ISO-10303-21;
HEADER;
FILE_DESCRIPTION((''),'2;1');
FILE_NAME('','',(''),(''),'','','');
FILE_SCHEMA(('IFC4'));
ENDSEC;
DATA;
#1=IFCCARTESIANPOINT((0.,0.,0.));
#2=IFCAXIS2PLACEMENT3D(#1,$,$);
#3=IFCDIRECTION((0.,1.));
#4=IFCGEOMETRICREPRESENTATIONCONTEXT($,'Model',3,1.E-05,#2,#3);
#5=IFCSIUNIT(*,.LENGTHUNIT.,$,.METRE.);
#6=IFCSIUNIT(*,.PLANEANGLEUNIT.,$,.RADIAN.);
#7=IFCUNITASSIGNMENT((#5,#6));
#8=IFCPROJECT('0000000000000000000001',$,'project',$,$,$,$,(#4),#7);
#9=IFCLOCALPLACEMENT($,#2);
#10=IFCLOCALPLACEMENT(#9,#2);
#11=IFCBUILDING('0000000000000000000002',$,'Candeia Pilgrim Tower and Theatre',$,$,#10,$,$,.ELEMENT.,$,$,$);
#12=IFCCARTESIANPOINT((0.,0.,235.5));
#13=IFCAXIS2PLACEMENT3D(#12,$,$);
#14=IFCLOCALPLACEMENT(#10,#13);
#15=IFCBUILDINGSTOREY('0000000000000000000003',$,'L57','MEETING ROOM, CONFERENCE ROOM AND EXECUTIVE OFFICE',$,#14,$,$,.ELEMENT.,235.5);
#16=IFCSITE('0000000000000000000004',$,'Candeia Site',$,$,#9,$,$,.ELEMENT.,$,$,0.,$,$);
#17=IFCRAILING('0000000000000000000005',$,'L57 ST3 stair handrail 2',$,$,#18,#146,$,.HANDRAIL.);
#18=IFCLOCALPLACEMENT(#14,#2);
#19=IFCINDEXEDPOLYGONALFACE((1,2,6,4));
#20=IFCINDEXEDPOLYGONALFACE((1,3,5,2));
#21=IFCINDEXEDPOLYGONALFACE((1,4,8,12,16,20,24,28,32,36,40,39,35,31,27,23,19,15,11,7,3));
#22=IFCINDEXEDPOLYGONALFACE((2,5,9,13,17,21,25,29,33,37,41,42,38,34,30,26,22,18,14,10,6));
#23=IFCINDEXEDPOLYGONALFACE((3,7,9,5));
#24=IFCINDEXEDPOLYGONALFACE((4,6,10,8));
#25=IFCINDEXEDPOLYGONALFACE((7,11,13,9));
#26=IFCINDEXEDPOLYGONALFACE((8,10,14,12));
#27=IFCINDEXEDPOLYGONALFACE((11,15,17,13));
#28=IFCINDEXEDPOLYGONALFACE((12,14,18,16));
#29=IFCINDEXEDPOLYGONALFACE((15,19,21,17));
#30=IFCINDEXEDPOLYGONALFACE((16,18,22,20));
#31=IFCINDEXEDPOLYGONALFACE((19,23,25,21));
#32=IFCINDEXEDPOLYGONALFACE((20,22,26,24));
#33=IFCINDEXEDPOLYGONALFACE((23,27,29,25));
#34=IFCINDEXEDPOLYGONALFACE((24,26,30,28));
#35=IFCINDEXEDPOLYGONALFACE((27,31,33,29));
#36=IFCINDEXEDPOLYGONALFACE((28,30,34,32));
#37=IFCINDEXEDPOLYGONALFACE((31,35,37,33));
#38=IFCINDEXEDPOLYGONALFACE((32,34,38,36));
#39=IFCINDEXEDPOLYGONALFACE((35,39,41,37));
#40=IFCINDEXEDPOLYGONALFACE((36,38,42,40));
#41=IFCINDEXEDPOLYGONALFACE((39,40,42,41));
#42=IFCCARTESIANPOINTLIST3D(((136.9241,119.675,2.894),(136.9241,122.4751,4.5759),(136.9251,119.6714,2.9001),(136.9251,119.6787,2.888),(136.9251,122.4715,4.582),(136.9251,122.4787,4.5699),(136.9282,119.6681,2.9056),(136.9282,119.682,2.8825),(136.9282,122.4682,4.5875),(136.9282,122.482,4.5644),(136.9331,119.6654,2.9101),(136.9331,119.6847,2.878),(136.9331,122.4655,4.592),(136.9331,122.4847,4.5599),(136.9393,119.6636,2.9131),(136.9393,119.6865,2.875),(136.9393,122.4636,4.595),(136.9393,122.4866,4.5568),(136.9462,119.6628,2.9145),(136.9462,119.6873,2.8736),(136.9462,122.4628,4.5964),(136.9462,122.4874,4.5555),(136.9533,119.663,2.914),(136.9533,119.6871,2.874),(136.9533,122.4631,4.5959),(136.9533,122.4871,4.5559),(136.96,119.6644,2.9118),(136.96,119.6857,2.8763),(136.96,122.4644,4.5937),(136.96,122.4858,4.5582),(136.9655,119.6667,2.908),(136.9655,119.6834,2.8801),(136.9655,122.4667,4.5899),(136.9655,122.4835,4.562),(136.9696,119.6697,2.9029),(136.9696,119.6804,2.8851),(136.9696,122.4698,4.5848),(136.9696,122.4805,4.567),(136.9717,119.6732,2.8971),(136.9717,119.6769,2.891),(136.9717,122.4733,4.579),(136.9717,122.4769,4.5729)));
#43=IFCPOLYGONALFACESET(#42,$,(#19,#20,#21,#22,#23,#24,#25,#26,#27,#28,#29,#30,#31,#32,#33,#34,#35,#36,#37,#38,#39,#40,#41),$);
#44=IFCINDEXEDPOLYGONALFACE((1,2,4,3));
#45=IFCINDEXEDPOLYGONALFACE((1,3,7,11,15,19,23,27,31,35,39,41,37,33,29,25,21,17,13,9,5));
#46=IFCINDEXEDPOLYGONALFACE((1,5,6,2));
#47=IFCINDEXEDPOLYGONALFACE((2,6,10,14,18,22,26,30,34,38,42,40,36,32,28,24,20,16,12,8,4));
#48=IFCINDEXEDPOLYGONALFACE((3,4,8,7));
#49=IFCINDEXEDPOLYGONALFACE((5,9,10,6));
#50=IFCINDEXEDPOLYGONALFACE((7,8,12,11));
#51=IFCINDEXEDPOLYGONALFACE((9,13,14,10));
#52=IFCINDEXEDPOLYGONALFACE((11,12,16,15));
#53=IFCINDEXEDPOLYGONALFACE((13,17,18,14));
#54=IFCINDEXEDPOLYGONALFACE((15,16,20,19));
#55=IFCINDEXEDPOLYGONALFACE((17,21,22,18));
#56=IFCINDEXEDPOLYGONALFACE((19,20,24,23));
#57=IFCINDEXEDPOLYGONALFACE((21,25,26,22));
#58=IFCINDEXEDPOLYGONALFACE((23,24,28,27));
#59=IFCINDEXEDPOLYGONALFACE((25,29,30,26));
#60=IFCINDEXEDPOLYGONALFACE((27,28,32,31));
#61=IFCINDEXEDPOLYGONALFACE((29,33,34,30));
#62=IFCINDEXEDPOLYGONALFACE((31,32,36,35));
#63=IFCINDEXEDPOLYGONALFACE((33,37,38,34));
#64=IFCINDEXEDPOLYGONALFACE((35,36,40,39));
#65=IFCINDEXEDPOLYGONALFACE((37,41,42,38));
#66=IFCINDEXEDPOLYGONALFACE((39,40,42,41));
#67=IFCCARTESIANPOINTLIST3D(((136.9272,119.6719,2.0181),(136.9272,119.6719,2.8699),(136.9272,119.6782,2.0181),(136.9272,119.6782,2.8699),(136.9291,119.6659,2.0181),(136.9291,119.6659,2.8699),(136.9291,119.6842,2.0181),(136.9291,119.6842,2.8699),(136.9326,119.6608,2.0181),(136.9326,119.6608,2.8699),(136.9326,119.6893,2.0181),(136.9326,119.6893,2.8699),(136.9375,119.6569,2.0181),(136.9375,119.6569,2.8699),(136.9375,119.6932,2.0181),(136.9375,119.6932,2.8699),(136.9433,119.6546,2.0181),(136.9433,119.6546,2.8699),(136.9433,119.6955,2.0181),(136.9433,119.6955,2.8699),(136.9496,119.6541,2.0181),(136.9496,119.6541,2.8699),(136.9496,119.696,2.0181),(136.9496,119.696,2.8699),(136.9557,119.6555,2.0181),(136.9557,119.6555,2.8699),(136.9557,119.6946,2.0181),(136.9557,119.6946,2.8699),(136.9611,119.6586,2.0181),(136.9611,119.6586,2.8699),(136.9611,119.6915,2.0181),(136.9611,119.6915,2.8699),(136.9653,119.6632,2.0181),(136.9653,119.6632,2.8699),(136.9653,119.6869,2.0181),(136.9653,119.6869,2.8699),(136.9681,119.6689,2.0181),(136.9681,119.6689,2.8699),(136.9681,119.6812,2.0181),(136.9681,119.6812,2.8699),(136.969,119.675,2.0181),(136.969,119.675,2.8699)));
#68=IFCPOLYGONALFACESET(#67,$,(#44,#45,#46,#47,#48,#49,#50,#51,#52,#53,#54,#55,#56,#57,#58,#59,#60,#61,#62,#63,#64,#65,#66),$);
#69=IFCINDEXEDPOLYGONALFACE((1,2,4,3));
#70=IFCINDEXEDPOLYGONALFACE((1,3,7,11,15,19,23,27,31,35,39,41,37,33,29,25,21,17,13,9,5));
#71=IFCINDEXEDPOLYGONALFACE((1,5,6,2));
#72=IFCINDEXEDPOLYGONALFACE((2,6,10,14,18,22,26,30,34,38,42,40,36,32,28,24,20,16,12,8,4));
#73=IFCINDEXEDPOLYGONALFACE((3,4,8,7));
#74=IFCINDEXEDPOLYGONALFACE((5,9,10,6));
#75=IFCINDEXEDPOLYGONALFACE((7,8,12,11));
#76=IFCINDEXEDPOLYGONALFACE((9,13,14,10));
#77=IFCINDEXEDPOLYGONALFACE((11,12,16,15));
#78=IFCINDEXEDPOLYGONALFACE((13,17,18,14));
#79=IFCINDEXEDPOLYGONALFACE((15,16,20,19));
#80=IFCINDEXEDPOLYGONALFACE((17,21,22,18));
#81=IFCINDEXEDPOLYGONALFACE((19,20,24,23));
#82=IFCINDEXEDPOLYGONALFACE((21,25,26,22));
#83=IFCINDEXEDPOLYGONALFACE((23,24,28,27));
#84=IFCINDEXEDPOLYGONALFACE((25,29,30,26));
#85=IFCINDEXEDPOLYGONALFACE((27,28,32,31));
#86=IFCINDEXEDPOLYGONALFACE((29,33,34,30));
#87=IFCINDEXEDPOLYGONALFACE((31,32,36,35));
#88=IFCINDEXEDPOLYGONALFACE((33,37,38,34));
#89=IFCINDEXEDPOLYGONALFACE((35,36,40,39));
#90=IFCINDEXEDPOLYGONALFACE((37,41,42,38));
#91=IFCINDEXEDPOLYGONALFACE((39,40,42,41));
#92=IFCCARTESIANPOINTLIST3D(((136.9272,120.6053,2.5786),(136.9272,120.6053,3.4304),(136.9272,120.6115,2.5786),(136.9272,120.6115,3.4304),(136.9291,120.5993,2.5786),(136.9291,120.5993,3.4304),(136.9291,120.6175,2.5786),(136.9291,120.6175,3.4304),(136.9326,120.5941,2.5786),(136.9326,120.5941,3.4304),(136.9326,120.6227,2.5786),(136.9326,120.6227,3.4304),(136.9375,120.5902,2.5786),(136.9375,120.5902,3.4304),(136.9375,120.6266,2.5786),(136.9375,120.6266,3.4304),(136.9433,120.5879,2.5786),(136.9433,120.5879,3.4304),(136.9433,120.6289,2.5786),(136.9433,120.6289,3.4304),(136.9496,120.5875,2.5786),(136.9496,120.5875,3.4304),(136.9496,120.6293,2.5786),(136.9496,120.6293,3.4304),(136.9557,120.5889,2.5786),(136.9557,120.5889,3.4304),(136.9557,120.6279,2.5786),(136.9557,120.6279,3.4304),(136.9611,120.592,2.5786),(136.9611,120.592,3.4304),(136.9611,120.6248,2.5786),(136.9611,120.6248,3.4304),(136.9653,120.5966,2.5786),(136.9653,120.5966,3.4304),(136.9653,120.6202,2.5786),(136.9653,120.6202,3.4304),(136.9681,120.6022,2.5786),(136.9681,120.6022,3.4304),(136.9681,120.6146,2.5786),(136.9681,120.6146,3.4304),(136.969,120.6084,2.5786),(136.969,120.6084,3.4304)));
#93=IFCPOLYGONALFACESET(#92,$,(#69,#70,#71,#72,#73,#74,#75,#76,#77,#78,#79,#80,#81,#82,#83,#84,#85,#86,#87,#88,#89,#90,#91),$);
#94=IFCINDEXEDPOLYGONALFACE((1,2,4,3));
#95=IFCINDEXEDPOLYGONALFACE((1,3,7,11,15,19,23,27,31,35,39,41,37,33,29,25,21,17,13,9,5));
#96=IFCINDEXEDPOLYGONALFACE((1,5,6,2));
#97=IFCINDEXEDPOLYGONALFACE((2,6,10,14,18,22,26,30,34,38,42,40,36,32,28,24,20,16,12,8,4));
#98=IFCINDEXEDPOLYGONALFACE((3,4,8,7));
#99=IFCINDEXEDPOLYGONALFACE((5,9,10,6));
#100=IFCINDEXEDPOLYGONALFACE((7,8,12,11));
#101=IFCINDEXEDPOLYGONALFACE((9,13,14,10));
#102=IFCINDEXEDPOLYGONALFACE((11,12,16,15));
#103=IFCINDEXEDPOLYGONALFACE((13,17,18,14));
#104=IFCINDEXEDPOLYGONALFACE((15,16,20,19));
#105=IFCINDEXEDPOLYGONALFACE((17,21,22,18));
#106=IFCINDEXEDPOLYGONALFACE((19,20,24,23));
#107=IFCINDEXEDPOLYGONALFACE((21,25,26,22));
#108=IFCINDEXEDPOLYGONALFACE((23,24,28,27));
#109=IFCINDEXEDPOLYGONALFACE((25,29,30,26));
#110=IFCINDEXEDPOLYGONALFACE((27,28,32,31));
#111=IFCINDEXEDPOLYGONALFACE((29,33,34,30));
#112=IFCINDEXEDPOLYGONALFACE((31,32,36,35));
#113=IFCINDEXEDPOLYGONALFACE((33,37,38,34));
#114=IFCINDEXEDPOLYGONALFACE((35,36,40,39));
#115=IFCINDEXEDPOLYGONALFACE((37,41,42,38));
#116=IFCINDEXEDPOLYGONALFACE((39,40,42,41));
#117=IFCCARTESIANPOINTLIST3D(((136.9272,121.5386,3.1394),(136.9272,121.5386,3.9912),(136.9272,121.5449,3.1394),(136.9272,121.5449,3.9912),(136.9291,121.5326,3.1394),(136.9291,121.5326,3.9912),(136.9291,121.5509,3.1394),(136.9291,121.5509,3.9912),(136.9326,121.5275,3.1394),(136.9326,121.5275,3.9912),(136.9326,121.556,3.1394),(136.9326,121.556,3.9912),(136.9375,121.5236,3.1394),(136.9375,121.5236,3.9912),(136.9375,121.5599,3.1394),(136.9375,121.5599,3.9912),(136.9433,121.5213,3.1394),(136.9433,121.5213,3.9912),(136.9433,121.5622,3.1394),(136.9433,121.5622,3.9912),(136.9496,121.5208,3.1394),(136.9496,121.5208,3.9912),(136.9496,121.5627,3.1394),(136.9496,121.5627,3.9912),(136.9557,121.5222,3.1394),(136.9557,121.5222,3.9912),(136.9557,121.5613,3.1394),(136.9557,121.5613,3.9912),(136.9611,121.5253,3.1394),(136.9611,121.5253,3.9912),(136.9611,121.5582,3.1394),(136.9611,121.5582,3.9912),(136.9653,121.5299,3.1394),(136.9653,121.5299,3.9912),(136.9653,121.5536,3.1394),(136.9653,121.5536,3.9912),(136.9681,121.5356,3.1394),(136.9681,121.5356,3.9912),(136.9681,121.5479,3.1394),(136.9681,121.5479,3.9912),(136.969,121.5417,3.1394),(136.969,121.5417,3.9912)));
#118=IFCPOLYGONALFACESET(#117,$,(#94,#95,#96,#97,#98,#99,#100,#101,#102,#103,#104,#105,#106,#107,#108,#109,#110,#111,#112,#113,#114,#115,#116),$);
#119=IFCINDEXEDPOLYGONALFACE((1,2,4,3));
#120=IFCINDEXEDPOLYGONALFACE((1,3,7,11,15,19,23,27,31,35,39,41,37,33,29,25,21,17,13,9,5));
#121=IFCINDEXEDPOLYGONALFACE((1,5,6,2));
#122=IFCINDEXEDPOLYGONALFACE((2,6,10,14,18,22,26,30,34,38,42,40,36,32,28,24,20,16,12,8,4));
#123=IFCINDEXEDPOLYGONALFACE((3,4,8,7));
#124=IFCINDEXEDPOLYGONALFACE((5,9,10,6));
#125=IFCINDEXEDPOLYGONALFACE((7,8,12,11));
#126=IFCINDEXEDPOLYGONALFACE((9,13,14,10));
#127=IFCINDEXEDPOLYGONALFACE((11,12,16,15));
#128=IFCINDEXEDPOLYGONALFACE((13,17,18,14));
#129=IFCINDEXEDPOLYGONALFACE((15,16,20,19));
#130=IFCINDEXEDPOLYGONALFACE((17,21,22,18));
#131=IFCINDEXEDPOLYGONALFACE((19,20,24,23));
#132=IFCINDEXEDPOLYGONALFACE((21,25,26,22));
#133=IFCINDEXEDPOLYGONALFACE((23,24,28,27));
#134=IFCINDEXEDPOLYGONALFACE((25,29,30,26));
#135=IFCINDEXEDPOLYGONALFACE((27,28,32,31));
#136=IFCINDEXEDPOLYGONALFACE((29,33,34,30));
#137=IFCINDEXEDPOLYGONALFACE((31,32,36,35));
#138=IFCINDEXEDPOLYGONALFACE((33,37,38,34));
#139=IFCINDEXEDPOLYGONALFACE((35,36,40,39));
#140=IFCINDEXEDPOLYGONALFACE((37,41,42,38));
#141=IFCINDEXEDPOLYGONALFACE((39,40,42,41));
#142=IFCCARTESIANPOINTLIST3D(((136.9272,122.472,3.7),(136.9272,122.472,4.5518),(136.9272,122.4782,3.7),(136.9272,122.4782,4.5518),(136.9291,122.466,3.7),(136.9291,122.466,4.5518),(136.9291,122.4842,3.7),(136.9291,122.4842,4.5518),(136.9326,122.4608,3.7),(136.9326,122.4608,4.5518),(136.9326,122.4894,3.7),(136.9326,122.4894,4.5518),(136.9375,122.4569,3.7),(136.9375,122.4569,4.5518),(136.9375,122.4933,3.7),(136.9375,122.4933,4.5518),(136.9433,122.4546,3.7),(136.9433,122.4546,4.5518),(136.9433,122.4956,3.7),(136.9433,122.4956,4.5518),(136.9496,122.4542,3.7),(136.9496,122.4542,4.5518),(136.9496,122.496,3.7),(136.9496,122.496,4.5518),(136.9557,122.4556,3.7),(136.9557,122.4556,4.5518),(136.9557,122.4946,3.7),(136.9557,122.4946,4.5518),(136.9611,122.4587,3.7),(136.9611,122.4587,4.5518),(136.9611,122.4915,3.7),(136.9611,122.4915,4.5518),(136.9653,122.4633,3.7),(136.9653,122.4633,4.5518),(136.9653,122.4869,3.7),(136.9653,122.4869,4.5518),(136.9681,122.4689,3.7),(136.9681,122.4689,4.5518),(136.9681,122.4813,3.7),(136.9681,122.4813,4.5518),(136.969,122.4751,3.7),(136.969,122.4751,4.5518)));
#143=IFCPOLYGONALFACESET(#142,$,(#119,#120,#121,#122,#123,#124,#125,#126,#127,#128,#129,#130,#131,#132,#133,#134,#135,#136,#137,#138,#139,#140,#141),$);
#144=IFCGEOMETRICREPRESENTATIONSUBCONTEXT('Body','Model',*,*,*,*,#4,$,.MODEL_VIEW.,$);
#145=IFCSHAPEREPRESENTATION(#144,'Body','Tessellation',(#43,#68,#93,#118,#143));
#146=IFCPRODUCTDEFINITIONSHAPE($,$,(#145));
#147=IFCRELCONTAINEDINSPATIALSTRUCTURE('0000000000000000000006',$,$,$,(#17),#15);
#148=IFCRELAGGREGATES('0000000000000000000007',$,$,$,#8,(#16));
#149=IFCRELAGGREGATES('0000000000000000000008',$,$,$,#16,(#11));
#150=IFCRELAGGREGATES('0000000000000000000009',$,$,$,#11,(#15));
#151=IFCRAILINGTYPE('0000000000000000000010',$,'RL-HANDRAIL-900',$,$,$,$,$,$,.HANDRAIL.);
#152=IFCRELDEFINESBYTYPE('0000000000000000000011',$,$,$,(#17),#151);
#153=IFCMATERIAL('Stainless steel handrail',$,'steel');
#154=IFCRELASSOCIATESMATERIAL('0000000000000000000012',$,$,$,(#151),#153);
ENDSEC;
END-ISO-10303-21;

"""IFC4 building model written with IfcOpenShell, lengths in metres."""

from ifc_helpers import new_model, si_unit, direction, frame, origin, origin_2d, place, context, subcontext, project, spatial, circle, extrude, material, type_object, element, save


model = new_model("IFC4")

# Units and contexts
model_context = context("Model", 3, precision=1e-05, world=origin(), true_north=direction((0.0, 1.0)))
body_context = subcontext(model_context, "Body", "Model", "MODEL_VIEW")
ifc_project = project(units=[si_unit("LENGTHUNIT", "METRE"), si_unit("PLANEANGLEUNIT", "RADIAN")], contexts=[model_context])

# Site, building, storey
site_placement = place(None, origin())
site = spatial("IfcSite", under=ifc_project, at=site_placement, Name="Candeia Site", CompositionType="ELEMENT", RefElevation=0.0)
building_placement = place(site_placement, origin())
building = spatial("IfcBuilding", under=site, at=building_placement, Name="Candeia Pilgrim Tower and Theatre", CompositionType="ELEMENT")
storey_placement = place(building_placement, frame((0.0, 0.0, 235.5)))
storey = spatial("IfcBuildingStorey", under=building, at=storey_placement, Name="L57", Description="MEETING ROOM, CONFERENCE ROOM AND EXECUTIVE OFFICE", CompositionType="ELEMENT", Elevation=235.5)

# Railing
ifc_material_1 = material(Name="Stainless steel handrail", Category="steel")
railing_type_1 = type_object("IfcRailingType", Name="RL-HANDRAIL-900", PredefinedType="HANDRAIL", material=ifc_material_1)
railing_1_placement = place(storey_placement, frame((136.948, 119.675, 2.0181)))
element("IfcRailing", 1, at=railing_1_placement, inside=storey, type_object=railing_type_1, Name="L57 ST3 stair handrail 2", PredefinedType="HANDRAIL", context=body_context, shape_type="SweptSolid", body=[
    extrude(circle(Radius=0.0239, at=origin_2d()), frame((0.0, 0.0, 0.876), z_axis=(0.0, 0.857242, 0.514913), x_axis=(-1.0, 0.0, 0.0)), (0.0, 0.0, 1.0), 3.2664),
    extrude(circle(Radius=0.021, at=origin_2d()), origin(), (0.0, 0.0, 1.0), 0.8518),
    extrude(circle(Radius=0.021, at=origin_2d()), frame((0.0, 0.9333, 0.5605)), (0.0, 0.0, 1.0), 0.8518),
    extrude(circle(Radius=0.021, at=origin_2d()), frame((0.0, 1.8667, 1.1213)), (0.0, 0.0, 1.0), 0.8518),
    extrude(circle(Radius=0.021, at=origin_2d()), frame((0.0, 2.8, 1.6819)), (0.0, 0.0, 1.0), 0.8518),
])

save(model, "model.ifc")
